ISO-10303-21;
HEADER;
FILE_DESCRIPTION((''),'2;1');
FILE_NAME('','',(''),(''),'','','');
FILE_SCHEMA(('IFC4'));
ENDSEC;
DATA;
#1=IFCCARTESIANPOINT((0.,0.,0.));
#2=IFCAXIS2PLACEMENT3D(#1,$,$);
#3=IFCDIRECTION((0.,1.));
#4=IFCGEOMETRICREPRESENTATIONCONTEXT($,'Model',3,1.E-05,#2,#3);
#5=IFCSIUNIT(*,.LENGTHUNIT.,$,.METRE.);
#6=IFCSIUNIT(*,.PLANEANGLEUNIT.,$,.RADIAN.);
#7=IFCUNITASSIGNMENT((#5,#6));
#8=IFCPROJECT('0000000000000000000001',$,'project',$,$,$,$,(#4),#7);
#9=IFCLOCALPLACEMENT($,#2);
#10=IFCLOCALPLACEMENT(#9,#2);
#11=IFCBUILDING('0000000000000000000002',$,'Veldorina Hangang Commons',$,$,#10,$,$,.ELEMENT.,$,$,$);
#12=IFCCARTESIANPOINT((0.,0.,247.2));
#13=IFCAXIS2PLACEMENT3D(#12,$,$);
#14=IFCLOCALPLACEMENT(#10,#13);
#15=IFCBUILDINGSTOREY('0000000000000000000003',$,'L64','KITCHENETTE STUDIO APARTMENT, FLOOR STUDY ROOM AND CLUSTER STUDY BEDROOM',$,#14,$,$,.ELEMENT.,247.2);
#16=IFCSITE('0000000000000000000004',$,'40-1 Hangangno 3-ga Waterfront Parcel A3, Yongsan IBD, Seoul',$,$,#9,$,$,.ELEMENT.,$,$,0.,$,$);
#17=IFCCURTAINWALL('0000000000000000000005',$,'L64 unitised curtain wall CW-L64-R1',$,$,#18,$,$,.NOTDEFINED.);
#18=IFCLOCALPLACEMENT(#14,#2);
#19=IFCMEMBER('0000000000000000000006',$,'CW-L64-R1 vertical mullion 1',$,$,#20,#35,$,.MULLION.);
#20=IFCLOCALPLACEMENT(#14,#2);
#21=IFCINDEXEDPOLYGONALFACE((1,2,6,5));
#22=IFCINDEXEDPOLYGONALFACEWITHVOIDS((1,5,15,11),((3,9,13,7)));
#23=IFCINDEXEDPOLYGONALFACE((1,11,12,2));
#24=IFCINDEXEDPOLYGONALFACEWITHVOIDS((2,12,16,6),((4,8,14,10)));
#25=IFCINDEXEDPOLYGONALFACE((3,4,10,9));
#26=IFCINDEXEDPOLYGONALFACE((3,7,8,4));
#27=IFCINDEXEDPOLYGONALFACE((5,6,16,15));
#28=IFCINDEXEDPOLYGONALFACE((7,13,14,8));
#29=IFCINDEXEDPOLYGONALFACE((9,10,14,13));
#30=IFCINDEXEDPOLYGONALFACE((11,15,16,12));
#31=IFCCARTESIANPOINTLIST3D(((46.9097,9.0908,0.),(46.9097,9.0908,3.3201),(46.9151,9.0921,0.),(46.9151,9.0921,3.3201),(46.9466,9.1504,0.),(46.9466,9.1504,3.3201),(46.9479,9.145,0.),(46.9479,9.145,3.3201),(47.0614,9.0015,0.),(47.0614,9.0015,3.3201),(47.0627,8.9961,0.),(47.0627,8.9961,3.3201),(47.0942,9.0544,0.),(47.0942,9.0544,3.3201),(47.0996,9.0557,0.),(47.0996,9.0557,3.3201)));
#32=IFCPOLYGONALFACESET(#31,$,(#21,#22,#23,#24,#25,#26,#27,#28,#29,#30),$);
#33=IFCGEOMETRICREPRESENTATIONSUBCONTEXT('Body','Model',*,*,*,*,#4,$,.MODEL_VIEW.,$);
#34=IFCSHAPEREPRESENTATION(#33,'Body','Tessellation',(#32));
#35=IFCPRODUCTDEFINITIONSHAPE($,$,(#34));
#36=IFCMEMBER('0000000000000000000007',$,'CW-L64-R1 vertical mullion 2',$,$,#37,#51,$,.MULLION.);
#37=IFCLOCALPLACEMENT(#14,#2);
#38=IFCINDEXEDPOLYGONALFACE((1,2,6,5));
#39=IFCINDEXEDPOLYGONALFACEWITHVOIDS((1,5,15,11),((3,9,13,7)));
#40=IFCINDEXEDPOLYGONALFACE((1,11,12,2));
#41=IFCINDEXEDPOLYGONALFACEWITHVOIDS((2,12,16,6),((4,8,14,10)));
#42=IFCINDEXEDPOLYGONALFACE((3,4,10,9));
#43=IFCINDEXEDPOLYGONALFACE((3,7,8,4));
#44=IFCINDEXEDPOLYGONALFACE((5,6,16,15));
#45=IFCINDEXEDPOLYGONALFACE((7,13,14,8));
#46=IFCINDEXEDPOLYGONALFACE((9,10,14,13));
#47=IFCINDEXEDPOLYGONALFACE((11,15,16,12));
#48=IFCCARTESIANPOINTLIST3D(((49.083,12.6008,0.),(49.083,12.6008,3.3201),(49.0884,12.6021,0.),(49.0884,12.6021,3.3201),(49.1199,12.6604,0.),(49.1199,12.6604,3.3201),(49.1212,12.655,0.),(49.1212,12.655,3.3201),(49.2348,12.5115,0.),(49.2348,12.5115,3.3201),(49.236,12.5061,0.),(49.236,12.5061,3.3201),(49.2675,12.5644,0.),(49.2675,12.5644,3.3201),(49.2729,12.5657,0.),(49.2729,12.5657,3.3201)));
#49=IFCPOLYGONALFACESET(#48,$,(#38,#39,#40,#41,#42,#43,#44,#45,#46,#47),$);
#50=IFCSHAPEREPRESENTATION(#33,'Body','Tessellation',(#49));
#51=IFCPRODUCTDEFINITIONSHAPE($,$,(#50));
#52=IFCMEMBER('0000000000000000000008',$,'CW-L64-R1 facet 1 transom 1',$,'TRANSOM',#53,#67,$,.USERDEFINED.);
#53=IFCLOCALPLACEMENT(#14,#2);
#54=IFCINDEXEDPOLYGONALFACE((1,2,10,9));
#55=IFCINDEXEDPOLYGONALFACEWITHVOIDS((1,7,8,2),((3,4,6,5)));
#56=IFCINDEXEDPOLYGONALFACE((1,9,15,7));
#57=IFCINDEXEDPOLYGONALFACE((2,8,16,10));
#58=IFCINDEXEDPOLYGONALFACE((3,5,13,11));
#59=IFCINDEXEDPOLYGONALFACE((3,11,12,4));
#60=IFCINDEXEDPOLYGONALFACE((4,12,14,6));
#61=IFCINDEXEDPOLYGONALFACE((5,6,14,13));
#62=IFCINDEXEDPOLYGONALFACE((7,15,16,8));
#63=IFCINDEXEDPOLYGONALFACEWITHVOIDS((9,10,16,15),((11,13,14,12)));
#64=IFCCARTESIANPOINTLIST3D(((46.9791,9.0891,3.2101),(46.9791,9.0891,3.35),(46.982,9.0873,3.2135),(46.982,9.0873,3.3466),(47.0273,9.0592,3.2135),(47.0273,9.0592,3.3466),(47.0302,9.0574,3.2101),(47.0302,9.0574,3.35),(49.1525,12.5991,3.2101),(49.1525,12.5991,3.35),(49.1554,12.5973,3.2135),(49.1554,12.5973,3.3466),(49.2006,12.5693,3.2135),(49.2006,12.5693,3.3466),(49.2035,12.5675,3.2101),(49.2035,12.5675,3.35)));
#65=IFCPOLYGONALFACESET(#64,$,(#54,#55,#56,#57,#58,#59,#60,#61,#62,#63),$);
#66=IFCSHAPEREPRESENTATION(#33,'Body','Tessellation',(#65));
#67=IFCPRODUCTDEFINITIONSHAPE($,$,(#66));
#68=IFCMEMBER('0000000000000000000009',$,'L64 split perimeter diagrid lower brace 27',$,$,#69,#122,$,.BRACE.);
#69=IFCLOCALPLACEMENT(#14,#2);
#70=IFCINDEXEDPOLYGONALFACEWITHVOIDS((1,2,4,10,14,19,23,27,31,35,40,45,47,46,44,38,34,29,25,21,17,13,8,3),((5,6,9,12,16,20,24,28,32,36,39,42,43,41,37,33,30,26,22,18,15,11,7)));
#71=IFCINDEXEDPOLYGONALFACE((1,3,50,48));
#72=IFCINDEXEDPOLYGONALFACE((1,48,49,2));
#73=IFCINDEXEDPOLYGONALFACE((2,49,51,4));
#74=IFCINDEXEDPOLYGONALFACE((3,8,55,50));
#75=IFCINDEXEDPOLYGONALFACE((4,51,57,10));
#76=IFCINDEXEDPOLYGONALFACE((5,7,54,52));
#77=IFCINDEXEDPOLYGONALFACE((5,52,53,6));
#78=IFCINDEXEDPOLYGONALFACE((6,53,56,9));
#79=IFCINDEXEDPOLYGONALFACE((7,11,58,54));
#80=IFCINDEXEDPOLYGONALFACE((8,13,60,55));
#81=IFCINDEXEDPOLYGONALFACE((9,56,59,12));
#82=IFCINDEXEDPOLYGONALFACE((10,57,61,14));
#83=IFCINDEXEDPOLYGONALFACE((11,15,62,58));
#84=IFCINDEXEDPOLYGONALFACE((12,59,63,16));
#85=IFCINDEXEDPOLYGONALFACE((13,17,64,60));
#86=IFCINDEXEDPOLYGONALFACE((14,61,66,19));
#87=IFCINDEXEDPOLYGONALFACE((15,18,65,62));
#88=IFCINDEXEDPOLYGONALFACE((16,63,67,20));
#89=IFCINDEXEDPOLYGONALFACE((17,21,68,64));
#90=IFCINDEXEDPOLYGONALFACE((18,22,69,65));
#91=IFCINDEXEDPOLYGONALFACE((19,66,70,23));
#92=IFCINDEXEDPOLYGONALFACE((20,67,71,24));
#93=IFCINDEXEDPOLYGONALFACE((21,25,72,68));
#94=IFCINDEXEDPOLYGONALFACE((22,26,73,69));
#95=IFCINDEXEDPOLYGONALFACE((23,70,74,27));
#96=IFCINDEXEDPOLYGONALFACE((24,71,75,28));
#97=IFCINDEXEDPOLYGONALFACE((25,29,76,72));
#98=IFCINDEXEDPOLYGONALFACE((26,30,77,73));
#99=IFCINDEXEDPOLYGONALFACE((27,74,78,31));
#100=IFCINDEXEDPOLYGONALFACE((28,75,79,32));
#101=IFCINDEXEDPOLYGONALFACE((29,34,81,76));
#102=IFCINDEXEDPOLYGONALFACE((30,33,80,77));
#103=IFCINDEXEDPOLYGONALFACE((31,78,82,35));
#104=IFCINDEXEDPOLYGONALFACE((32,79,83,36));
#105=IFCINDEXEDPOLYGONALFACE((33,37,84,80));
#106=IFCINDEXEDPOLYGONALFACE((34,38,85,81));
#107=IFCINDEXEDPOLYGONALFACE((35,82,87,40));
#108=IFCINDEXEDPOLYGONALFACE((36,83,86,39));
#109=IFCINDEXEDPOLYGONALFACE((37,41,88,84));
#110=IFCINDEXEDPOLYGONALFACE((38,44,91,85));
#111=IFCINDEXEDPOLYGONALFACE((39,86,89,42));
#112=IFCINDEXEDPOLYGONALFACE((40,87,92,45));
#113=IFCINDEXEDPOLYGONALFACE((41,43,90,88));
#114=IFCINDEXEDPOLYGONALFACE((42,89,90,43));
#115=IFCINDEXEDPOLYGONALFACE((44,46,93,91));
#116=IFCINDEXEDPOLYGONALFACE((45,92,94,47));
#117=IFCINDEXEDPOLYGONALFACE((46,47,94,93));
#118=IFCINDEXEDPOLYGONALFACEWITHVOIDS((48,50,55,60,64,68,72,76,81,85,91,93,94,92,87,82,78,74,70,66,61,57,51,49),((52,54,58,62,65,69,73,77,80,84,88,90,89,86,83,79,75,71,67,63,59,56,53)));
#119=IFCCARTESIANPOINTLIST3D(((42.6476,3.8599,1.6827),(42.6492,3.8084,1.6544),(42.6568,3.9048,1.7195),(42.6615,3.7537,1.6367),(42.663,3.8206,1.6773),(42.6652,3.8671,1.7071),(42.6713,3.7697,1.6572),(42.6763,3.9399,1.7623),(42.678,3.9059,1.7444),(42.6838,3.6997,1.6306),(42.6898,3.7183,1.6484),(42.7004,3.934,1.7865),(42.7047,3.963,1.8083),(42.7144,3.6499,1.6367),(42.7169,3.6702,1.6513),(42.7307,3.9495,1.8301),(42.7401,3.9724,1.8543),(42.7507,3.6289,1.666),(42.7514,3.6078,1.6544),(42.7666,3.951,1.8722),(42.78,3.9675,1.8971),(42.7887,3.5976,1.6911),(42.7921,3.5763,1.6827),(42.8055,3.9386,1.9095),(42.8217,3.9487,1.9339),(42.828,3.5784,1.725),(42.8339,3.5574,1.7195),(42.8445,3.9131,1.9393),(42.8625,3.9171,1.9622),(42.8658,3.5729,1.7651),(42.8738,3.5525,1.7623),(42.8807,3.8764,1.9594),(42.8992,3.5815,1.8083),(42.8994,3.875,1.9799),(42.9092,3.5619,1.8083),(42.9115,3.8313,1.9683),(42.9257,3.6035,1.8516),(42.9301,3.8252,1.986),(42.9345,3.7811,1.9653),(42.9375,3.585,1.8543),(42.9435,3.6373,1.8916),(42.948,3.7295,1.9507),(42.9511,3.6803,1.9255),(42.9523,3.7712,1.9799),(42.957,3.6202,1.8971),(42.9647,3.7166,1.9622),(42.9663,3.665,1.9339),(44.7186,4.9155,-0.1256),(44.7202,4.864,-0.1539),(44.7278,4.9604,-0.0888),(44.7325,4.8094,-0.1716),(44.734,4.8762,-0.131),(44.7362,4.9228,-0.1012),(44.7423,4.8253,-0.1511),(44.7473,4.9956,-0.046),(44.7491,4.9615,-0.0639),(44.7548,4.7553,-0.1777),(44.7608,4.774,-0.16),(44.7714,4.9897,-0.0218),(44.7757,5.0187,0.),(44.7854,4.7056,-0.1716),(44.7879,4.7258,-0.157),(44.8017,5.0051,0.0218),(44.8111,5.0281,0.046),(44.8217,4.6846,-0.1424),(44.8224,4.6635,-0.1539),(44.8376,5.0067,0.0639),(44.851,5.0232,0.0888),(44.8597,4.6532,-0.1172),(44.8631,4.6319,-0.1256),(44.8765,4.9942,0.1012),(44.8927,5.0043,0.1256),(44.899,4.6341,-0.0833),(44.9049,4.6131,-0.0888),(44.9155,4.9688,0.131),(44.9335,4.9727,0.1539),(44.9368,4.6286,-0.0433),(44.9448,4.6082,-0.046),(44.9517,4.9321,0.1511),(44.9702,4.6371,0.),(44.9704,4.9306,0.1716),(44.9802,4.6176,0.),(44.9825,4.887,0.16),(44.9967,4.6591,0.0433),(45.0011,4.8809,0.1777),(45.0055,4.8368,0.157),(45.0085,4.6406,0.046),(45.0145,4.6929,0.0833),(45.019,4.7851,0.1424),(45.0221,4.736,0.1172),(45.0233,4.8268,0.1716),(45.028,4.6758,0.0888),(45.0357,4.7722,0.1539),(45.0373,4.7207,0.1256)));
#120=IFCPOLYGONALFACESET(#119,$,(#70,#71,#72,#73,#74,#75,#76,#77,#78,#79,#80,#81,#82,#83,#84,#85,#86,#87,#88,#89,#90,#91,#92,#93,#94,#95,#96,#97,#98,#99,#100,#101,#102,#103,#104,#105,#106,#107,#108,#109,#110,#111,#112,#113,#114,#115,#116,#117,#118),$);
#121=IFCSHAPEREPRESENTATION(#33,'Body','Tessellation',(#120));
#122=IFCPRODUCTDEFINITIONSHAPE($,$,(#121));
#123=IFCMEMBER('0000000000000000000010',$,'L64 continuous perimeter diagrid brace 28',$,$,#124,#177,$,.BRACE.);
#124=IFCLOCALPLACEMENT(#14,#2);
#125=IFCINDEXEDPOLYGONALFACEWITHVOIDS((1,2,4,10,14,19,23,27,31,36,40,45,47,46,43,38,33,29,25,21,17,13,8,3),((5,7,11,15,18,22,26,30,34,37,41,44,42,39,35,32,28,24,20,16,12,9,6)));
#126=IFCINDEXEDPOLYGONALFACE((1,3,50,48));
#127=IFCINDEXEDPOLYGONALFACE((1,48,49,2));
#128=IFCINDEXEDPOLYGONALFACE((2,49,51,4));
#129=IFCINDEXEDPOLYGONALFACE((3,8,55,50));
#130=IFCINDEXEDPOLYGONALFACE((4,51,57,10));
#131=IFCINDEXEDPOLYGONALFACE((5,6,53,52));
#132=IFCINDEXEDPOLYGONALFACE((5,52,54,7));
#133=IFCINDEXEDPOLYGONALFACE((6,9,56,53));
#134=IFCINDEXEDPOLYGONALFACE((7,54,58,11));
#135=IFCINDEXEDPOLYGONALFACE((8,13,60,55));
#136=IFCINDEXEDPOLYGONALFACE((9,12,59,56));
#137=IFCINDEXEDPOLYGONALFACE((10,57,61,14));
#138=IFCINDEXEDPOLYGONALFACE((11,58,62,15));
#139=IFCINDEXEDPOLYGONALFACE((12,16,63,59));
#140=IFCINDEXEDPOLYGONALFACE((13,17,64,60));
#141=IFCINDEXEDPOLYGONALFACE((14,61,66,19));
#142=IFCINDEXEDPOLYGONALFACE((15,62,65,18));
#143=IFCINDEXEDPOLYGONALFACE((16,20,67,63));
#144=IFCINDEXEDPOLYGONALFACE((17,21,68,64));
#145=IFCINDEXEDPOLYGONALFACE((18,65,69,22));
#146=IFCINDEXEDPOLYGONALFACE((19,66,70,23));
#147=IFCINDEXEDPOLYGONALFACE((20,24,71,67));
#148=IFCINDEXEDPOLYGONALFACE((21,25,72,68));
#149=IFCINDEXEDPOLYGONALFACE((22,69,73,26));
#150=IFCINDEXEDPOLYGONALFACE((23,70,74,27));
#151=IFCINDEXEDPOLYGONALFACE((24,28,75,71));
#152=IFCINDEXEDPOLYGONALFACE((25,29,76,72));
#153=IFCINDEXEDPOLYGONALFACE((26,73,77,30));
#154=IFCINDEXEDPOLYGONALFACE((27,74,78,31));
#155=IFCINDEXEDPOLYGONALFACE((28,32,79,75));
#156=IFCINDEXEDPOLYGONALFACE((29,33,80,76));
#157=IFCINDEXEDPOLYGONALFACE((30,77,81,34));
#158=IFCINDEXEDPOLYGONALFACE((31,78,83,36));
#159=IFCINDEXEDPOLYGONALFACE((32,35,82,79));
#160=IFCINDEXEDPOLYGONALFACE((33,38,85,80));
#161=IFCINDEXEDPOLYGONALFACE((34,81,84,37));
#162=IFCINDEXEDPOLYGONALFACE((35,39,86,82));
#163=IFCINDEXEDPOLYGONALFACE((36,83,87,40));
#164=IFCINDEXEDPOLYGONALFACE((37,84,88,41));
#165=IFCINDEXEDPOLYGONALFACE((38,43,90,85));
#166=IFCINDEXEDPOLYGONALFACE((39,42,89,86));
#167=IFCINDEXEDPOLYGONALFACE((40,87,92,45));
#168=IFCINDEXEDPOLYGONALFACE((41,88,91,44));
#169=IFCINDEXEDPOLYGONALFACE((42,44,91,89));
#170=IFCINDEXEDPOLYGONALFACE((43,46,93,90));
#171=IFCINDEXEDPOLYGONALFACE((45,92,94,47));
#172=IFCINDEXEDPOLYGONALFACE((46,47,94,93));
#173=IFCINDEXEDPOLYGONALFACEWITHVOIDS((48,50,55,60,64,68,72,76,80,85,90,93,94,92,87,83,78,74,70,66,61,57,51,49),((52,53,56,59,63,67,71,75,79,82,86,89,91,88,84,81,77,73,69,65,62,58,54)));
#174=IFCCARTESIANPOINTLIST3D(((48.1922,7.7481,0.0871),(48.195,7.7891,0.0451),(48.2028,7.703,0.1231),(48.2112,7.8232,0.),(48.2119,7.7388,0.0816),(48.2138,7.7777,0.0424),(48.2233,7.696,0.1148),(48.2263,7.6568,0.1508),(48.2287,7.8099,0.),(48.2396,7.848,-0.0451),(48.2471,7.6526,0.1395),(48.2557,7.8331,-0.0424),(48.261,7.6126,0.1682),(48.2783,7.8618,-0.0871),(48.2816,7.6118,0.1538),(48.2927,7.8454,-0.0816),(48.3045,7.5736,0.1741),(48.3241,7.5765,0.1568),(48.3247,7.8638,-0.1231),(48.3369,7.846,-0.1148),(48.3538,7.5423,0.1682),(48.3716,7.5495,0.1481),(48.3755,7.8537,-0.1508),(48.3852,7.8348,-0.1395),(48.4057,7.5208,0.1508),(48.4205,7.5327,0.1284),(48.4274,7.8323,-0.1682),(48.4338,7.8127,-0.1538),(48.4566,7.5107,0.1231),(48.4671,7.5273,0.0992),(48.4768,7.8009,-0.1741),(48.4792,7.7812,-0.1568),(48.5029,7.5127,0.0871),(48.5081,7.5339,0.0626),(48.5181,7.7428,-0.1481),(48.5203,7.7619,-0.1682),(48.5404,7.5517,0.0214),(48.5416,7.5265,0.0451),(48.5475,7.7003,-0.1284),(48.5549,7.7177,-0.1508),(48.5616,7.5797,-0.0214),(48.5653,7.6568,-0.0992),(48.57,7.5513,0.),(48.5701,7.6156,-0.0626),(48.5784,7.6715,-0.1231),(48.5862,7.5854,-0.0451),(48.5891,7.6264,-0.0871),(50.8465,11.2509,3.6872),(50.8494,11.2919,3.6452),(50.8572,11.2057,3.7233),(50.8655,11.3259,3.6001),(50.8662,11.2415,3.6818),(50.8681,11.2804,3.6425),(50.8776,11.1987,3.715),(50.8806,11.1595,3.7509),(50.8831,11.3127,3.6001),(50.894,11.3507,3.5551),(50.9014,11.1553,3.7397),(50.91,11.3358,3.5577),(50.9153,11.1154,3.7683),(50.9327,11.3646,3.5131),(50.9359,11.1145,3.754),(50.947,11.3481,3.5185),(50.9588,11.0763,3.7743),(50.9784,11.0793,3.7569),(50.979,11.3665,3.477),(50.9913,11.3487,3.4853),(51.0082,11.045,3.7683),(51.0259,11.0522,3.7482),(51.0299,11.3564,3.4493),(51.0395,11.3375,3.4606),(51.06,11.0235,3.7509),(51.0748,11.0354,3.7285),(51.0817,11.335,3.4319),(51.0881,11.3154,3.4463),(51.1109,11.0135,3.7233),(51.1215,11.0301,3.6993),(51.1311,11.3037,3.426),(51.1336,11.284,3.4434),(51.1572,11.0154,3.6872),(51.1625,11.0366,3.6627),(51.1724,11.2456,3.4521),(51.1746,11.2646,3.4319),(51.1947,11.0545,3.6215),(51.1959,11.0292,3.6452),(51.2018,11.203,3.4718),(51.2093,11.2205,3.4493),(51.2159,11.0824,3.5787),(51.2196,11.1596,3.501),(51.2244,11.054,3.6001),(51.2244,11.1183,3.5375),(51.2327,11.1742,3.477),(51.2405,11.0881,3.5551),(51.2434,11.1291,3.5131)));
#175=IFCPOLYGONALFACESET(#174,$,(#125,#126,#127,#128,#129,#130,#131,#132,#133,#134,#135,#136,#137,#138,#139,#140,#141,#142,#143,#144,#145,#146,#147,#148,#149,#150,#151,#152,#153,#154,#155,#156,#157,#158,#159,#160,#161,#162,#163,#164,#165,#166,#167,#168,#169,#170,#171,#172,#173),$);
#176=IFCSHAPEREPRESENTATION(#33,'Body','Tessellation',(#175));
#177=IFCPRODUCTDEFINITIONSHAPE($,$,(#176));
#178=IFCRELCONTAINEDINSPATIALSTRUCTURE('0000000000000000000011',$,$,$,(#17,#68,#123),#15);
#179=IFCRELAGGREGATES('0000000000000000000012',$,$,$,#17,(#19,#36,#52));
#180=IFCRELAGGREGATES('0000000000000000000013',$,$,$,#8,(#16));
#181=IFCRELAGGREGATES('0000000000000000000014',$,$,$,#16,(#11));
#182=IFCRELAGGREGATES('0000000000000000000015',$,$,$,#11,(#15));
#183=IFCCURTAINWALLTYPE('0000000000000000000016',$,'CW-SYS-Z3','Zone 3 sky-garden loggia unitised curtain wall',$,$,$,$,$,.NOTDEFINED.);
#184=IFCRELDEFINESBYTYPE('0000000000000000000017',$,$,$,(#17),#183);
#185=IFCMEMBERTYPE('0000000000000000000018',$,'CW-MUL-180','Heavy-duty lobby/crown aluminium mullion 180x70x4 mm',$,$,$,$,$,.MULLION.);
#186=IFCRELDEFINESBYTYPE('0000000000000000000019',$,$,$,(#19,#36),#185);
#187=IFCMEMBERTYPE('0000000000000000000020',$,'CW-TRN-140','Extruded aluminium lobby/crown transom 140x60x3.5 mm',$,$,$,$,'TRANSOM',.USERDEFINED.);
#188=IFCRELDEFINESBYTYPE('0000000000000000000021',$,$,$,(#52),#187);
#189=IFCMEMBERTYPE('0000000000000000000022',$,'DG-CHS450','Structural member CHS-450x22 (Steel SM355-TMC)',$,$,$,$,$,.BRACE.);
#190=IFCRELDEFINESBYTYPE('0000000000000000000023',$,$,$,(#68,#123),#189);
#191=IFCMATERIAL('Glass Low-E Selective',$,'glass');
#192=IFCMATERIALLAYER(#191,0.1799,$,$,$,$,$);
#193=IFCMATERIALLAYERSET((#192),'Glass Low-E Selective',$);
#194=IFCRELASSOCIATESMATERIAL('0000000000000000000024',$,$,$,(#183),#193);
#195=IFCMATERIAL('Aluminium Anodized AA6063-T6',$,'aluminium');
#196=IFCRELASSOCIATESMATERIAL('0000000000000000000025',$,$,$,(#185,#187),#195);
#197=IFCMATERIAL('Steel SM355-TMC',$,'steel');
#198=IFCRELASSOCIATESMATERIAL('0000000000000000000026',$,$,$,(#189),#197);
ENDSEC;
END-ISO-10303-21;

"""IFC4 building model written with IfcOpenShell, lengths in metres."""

from ifc_helpers import new_model, si_unit, direction, frame, origin, origin_2d, place, context, subcontext, project, spatial, hollow_rectangle, hollow_circle, extrude, material, layer, layer_set, material_profile, profile_set, type_object, element, aggregate, save


model = new_model("IFC4")

# Units and contexts
model_context = context("Model", 3, precision=1e-05, world=origin(), true_north=direction((0.0, 1.0)))
body_context = subcontext(model_context, "Body", "Model", "MODEL_VIEW")
ifc_project = project(units=[si_unit("LENGTHUNIT", "METRE"), si_unit("PLANEANGLEUNIT", "RADIAN")], contexts=[model_context])

# Site, building, storey
site_placement = place(None, origin())
site = spatial("IfcSite", under=ifc_project, at=site_placement, Name="40-1 Hangangno 3-ga Waterfront Parcel A3, Yongsan IBD, Seoul", CompositionType="ELEMENT", RefElevation=0.0)
building_placement = place(site_placement, origin())
building = spatial("IfcBuilding", under=site, at=building_placement, Name="Veldorina Hangang Commons", CompositionType="ELEMENT")
storey_placement = place(building_placement, frame((0.0, 0.0, 247.2)))
storey = spatial("IfcBuildingStorey", under=building, at=storey_placement, Name="L64", Description="KITCHENETTE STUDIO APARTMENT, FLOOR STUDY ROOM AND CLUSTER STUDY BEDROOM", CompositionType="ELEMENT", Elevation=247.2)

# Shared definitions
ifc_material_1 = material(Name="Steel SM355-TMC", Category="steel")

# Curtain wall, members
ifc_material_2 = material(Name="Glass Low-E Selective", Category="glass")
ifc_layer_1 = layer(ifc_material_2, 0.1799)
ifc_layer_set_1 = layer_set([ifc_layer_1], Name="Glass Low-E Selective")
curtain_wall_type = type_object("IfcCurtainWallType", Name="CW-SYS-Z3", Description="Zone 3 sky-garden loggia unitised curtain wall", PredefinedType="NOTDEFINED", material=ifc_layer_set_1)
curtain_wall_placement = place(storey_placement, origin())
curtain_wall = element("IfcCurtainWall", 1, at=curtain_wall_placement, inside=storey, type_object=curtain_wall_type, Name="L64 unitised curtain wall CW-L64-R1", PredefinedType="NOTDEFINED")
ifc_material_3 = material(Name="Aluminium Anodized AA6063-T6", Category="aluminium")
ifc_material_profile_1 = material_profile(ifc_material_3, hollow_rectangle(XDim=0.0701, YDim=0.1799, WallThickness=0.0039, at=origin_2d()), Name="ALU-RHS-180x70x4")
ifc_profile_set_1 = profile_set([ifc_material_profile_1], Name="Aluminium Anodized AA6063-T6")
member_type_1 = type_object("IfcMemberType", Name="CW-MUL-180", Description="Heavy-duty lobby/crown aluminium mullion 180x70x4 mm", PredefinedType="MULLION", material=ifc_profile_set_1)
member_1_placement = place(storey_placement, frame((47.0046, 9.0732, 0.0), z_axis=(0.0, 0.0, 1.0), x_axis=(0.526437, 0.850214, 0.0)))
member_1 = element("IfcMember", 2, at=member_1_placement, type_object=member_type_1, Name="CW-L64-R1 vertical mullion 1", PredefinedType="MULLION", context=body_context, shape_type="SweptSolid", body=[
    extrude(hollow_rectangle(XDim=0.0701, YDim=0.1799, WallThickness=0.0039, at=origin_2d()), origin(), (0.0, 0.0, 1.0), 3.3201),
])
member_2_placement = place(storey_placement, frame((49.178, 12.5833, 0.0), z_axis=(0.0, 0.0, 1.0), x_axis=(-0.526437, -0.850214, 0.0)))
member_2 = element("IfcMember", 3, at=member_2_placement, type_object=member_type_1, Name="CW-L64-R1 vertical mullion 2", PredefinedType="MULLION", context=body_context, shape_type="SweptSolid", body=[
    extrude(hollow_rectangle(XDim=0.0701, YDim=0.1799, WallThickness=0.0039, at=origin_2d()), origin(), (0.0, 0.0, 1.0), 3.3201),
])
ifc_material_profile_2 = material_profile(ifc_material_3, hollow_rectangle(XDim=0.0601, YDim=0.1399, WallThickness=0.0034, at=origin_2d()), Name="ALU-RHS-140x60x3.5")
ifc_profile_set_2 = profile_set([ifc_material_profile_2], Name="Aluminium Anodized AA6063-T6")
member_type_2 = type_object("IfcMemberType", Name="CW-TRN-140", Description="Extruded aluminium lobby/crown transom 140x60x3.5 mm", ElementType="TRANSOM", PredefinedType="USERDEFINED", material=ifc_profile_set_2)
member_3_placement = place(storey_placement, frame((47.0046, 9.0732, 3.28), z_axis=(0.526438, 0.850213, 0.0), x_axis=(-0.850213, 0.526438, 0.0)))
member_3 = element("IfcMember", 4, at=member_3_placement, type_object=member_type_2, Name="CW-L64-R1 facet 1 transom 1", ObjectType="TRANSOM", PredefinedType="USERDEFINED", context=body_context, shape_type="SweptSolid", body=[
    extrude(hollow_rectangle(XDim=0.0601, YDim=0.1399, WallThickness=0.0034, at=origin_2d()), origin(), (0.0, 0.0, 1.0), 4.1284),
])

# Members
ifc_material_profile_3 = material_profile(ifc_material_1, hollow_circle(Radius=0.2251, WallThickness=0.022, at=origin_2d()), Name="CHS-450x22")
ifc_profile_set_3 = profile_set([ifc_material_profile_3], Name="Steel SM355-TMC")
member_type_3 = type_object("IfcMemberType", Name="DG-CHS450", Description="Structural member CHS-450x22 (Steel SM355-TMC)", PredefinedType="BRACE", material=ifc_profile_set_3)
member_4_placement = place(storey_placement, frame((44.8779, 4.8181, 0.0), z_axis=(-0.70321, -0.358444, 0.614014), x_axis=(0.454132, -0.890934, 0.0)))
element("IfcMember", 5, at=member_4_placement, inside=storey, type_object=member_type_3, Name="L64 split perimeter diagrid lower brace 27", PredefinedType="BRACE", context=body_context, shape_type="SweptSolid", body=[
    extrude(hollow_circle(Radius=0.2251, WallThickness=0.022, at=origin_2d()), origin(), (0.0, 0.0, 1.0), 2.9451),
])
member_5_placement = place(storey_placement, frame((48.3906, 7.6873, 0.0), z_axis=(0.467216, 0.616552, 0.633698), x_axis=(-0.79701, 0.603966, 0.0)))
element("IfcMember", 6, at=member_5_placement, inside=storey, type_object=member_type_3, Name="L64 continuous perimeter diagrid brace 28", PredefinedType="BRACE", context=body_context, shape_type="SweptSolid", body=[
    extrude(hollow_circle(Radius=0.2251, WallThickness=0.022, at=origin_2d()), origin(), (0.0, 0.0, 1.0), 5.6812),
])

aggregate(curtain_wall, [member_1, member_2, member_3])

save(model, "model.ifc")
